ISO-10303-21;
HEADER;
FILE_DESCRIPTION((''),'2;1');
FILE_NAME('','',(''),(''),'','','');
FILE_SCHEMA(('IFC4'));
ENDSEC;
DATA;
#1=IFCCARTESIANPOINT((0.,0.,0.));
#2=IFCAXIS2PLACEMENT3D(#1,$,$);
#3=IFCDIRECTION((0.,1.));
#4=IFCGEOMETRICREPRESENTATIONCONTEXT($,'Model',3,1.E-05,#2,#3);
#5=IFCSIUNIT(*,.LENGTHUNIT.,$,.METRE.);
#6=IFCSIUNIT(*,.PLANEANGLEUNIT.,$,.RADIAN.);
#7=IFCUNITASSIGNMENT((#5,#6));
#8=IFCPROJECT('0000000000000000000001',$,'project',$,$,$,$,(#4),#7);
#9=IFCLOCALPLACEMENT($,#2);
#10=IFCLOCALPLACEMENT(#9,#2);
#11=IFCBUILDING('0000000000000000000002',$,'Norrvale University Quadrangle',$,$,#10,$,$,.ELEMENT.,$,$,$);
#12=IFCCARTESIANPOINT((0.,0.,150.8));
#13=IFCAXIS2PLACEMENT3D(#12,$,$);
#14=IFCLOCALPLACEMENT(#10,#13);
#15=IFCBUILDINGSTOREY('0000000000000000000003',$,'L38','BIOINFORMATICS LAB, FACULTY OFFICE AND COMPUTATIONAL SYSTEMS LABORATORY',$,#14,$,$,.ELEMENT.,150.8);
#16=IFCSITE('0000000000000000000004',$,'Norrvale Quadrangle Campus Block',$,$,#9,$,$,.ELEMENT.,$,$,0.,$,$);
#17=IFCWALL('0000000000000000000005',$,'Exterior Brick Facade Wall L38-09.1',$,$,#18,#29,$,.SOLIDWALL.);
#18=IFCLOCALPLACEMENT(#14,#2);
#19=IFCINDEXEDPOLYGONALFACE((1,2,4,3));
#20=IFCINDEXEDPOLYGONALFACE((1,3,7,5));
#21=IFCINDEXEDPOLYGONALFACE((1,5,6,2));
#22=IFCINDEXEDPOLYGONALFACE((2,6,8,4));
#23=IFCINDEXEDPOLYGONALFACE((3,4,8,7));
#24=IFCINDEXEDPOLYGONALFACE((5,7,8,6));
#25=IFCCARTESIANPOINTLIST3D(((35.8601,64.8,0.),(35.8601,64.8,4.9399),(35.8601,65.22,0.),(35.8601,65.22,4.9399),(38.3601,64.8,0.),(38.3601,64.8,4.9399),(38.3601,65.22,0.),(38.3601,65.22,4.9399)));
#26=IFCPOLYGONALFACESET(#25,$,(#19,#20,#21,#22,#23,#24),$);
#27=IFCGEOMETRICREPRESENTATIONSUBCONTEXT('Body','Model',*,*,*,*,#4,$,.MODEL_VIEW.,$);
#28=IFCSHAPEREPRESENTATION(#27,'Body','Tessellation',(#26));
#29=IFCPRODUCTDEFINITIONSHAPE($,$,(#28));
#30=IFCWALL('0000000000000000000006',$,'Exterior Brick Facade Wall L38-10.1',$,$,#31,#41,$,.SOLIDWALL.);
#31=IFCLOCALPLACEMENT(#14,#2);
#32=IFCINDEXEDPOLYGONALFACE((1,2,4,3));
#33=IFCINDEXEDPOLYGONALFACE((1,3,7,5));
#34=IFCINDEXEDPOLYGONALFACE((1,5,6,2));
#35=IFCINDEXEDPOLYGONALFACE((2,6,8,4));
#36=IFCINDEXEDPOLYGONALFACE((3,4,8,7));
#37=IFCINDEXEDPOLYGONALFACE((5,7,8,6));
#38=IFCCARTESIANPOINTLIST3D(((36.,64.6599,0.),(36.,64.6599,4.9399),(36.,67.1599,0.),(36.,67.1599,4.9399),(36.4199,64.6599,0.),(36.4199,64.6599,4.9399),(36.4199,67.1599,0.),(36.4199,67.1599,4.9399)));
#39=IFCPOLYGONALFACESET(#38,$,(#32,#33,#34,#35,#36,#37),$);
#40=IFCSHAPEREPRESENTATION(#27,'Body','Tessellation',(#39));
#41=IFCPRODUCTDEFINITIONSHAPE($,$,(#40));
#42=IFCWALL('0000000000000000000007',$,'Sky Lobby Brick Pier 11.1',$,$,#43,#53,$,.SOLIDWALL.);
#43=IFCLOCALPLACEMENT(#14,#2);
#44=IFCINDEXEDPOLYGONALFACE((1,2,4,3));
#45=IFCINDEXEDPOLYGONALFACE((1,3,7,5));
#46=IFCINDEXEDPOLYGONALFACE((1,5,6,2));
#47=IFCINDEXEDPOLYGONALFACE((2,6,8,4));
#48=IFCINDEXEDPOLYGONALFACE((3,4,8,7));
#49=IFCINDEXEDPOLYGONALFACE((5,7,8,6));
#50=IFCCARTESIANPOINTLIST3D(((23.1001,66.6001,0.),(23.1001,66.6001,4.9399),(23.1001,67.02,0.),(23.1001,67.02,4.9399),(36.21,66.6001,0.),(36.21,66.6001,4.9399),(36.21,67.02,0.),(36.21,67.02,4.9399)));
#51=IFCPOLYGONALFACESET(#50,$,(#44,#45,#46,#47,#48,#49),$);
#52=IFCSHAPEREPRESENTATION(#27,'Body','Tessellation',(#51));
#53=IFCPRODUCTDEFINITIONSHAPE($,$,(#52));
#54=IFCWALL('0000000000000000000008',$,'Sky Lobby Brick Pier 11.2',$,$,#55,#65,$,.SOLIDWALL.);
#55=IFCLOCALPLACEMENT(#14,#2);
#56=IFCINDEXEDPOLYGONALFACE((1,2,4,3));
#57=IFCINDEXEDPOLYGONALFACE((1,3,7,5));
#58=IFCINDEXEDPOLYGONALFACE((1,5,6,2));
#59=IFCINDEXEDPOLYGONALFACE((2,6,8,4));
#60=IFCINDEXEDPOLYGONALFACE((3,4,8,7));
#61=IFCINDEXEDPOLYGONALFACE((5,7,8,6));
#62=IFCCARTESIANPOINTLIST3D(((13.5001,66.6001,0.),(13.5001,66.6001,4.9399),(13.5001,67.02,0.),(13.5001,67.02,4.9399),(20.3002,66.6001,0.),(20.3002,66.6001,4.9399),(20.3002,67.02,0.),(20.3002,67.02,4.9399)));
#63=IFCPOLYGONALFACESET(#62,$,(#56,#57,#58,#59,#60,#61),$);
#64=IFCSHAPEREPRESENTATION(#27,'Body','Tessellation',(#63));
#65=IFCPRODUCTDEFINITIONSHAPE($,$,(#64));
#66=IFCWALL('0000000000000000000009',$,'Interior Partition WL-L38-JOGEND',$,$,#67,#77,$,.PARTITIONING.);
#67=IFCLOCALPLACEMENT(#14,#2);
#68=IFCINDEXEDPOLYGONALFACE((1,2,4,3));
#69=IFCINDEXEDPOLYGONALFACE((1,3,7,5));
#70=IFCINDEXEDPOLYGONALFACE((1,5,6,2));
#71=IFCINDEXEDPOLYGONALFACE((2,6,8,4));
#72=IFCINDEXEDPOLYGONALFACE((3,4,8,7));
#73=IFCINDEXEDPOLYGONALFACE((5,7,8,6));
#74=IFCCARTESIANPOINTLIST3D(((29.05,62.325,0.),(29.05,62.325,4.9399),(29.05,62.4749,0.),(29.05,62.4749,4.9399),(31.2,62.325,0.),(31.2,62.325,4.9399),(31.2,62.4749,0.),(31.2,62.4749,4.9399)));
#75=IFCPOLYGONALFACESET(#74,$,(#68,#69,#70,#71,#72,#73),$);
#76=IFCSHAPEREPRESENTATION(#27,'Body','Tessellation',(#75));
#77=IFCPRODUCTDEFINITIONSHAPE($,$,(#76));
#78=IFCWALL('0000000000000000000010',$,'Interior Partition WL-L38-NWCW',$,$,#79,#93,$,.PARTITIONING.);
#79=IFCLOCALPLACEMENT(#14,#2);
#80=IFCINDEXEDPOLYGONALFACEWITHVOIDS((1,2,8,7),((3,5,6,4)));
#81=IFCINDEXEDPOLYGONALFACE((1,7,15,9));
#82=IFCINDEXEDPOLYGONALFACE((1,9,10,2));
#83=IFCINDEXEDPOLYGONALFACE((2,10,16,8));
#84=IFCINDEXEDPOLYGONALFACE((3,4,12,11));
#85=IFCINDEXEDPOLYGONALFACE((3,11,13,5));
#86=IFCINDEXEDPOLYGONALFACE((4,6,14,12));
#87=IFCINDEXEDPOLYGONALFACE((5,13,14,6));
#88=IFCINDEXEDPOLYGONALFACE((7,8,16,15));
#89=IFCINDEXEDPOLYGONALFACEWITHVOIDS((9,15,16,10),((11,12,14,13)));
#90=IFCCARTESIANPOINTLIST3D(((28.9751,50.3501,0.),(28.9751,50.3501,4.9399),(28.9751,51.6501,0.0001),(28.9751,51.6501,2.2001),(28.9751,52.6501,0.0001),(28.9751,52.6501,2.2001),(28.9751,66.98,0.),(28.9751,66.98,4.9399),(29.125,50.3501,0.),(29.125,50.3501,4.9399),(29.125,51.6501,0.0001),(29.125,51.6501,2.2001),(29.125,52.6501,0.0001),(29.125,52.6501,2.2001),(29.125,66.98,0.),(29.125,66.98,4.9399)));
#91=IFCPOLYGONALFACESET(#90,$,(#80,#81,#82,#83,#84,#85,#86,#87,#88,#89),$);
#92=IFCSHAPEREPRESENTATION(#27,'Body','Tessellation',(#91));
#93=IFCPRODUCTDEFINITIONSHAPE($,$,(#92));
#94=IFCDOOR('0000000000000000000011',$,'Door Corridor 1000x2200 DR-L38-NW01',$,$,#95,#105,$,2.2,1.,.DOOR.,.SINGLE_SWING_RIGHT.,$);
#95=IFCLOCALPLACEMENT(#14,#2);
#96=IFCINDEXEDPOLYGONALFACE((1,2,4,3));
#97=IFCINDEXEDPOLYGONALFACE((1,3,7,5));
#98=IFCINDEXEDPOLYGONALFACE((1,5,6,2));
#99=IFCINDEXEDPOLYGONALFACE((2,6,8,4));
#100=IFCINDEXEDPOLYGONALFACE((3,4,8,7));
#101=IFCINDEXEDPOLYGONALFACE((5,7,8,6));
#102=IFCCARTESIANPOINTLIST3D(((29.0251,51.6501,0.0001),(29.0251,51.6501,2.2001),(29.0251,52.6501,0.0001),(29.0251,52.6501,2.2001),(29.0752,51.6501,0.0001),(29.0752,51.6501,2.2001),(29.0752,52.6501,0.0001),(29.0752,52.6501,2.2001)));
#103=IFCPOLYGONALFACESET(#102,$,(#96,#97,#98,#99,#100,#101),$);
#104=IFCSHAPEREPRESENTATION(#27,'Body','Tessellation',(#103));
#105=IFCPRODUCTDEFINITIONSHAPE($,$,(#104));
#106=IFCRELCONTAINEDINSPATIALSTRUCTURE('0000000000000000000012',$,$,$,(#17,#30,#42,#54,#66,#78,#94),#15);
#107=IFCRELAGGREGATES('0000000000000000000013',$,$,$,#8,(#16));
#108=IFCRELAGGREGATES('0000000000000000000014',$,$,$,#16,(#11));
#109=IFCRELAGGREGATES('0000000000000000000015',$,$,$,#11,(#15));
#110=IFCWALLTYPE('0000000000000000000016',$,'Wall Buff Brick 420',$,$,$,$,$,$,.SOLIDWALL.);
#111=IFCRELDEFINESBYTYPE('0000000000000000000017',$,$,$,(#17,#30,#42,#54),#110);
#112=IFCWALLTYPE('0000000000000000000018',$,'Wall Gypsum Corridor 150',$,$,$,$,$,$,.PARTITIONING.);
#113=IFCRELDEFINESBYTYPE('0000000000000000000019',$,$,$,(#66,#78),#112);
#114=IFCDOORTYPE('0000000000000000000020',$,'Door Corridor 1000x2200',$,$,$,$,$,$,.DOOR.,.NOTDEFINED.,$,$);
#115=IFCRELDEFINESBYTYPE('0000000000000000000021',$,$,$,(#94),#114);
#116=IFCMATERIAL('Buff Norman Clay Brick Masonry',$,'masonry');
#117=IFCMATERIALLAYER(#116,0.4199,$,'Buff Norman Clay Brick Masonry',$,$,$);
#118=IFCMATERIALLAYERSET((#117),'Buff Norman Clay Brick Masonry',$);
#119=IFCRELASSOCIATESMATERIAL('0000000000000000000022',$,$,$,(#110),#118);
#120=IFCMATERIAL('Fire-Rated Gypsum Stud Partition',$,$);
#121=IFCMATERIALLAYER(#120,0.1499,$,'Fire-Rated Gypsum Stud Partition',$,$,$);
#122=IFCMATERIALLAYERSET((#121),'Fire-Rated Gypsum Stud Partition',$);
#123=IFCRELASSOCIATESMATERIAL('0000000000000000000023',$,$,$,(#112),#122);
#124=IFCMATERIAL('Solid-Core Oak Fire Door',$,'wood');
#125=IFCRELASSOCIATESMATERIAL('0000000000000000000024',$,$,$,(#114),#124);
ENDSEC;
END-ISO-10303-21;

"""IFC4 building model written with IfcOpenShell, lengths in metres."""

from ifc_helpers import new_model, si_unit, direction, frame, frame_2d, origin, place, context, subcontext, project, spatial, rectangle, extrude, material, layer, layer_set, type_object, element, fill, save


model = new_model("IFC4")

# Units and contexts
model_context = context("Model", 3, precision=1e-05, world=origin(), true_north=direction((0.0, 1.0)))
body_context = subcontext(model_context, "Body", "Model", "MODEL_VIEW")
ifc_project = project(units=[si_unit("LENGTHUNIT", "METRE"), si_unit("PLANEANGLEUNIT", "RADIAN")], contexts=[model_context])

# Site, building, storey
site_placement = place(None, origin())
site = spatial("IfcSite", under=ifc_project, at=site_placement, Name="Norrvale Quadrangle Campus Block", CompositionType="ELEMENT", RefElevation=0.0)
building_placement = place(site_placement, origin())
building = spatial("IfcBuilding", under=site, at=building_placement, Name="Norrvale University Quadrangle", CompositionType="ELEMENT")
storey_placement = place(building_placement, frame((0.0, 0.0, 150.8)))
storey = spatial("IfcBuildingStorey", under=building, at=storey_placement, Name="L38", Description="BIOINFORMATICS LAB, FACULTY OFFICE AND COMPUTATIONAL SYSTEMS LABORATORY", CompositionType="ELEMENT", Elevation=150.8)

# Walls
ifc_material_1 = material(Name="Buff Norman Clay Brick Masonry", Category="masonry")
ifc_layer_1 = layer(ifc_material_1, 0.4199, Name="Buff Norman Clay Brick Masonry")
ifc_layer_set_1 = layer_set([ifc_layer_1], Name="Buff Norman Clay Brick Masonry")
wall_type_1 = type_object("IfcWallType", Name="Wall Buff Brick 420", PredefinedType="SOLIDWALL", material=ifc_layer_set_1)
for number, where, z_axis, x_axis, name in (
    (1, (38.3601, 65.01, 0.0), (0.0, 0.0, 1.0), (-1.0, 0.0, 0.0), "Exterior Brick Facade Wall L38-09.1"),
    (2, (36.21, 64.6599, 0.0), (0.0, 0.0, 1.0), (0.0, 1.0, 0.0), "Exterior Brick Facade Wall L38-10.1"),
):
    element("IfcWall", number, at=place(storey_placement, frame(where, z_axis=z_axis, x_axis=x_axis)), inside=storey, type_object=wall_type_1, Name=name, PredefinedType="SOLIDWALL", context=body_context, shape_type="SweptSolid", body=[
        extrude(rectangle(XDim=2.5, YDim=0.4199, at=frame_2d((1.25, 0.0))), origin(), (0.0, 0.0, 1.0), 4.9399),
    ])
wall_1_placement = place(storey_placement, frame((36.21, 66.8101, 0.0), z_axis=(0.0, 0.0, 1.0), x_axis=(-1.0, 0.0, 0.0)))
element("IfcWall", 3, at=wall_1_placement, inside=storey, type_object=wall_type_1, Name="Sky Lobby Brick Pier 11.1", PredefinedType="SOLIDWALL", context=body_context, shape_type="SweptSolid", body=[
    extrude(rectangle(XDim=13.1099, YDim=0.4199, at=frame_2d((6.5549, 0.0))), origin(), (0.0, 0.0, 1.0), 4.9399),
])
wall_2_placement = place(storey_placement, frame((20.3, 66.8101, 0.0), z_axis=(0.0, 0.0, 1.0), x_axis=(-1.0, 0.0, 0.0)))
element("IfcWall", 4, at=wall_2_placement, inside=storey, type_object=wall_type_1, Name="Sky Lobby Brick Pier 11.2", PredefinedType="SOLIDWALL", context=body_context, shape_type="SweptSolid", body=[
    extrude(rectangle(XDim=6.8, YDim=0.4199, at=frame_2d((3.3999, 0.0))), origin(), (0.0, 0.0, 1.0), 4.9399),
])
ifc_material_2 = material(Name="Fire-Rated Gypsum Stud Partition")
ifc_layer_2 = layer(ifc_material_2, 0.1499, Name="Fire-Rated Gypsum Stud Partition")
ifc_layer_set_2 = layer_set([ifc_layer_2], Name="Fire-Rated Gypsum Stud Partition")
wall_type_2 = type_object("IfcWallType", Name="Wall Gypsum Corridor 150", PredefinedType="PARTITIONING", material=ifc_layer_set_2)
wall_3_placement = place(storey_placement, frame((29.05, 62.3999, 0.0), z_axis=(0.0, 0.0, 1.0), x_axis=(1.0, 0.0, 0.0)))
element("IfcWall", 5, at=wall_3_placement, inside=storey, type_object=wall_type_2, Name="Interior Partition WL-L38-JOGEND", PredefinedType="PARTITIONING", context=body_context, shape_type="SweptSolid", body=[
    extrude(rectangle(XDim=2.1499, YDim=0.1499, at=frame_2d((1.075, 0.0))), origin(), (0.0, 0.0, 1.0), 4.9399),
])

# Wall, opening, door
wall_4_placement = place(storey_placement, frame((29.05, 50.3501, 0.0), z_axis=(0.0, 0.0, 1.0), x_axis=(0.0, 1.0, 0.0)))
wall_4 = element("IfcWall", 6, at=wall_4_placement, inside=storey, type_object=wall_type_2, Name="Interior Partition WL-L38-NWCW", PredefinedType="PARTITIONING", context=body_context, shape_type="SweptSolid", body=[
    extrude(rectangle(XDim=16.6299, YDim=0.1499, at=frame_2d((8.3149, 0.0))), origin(), (0.0, 0.0, 1.0), 4.9399),
])
opening_placement = place(wall_4_placement, frame((1.3, 0.0, 0.0)))
opening = element("IfcOpeningElement", 7, at=opening_placement, cuts=wall_4, PredefinedType="OPENING", context=body_context, shape_type="SweptSolid", body=[
    extrude(rectangle(XDim=1.0, YDim=2.2, at=frame_2d((0.5, 1.1001))), frame((0.0, 0.0869, 0.0), z_axis=(0.0, -1.0, 0.0), x_axis=(1.0, 0.0, 0.0)), (0.0, 0.0, 1.0), 0.1738),
])
ifc_material_3 = material(Name="Solid-Core Oak Fire Door", Category="wood")
door_type = type_object("IfcDoorType", Name="Door Corridor 1000x2200", OperationType="NOTDEFINED", PredefinedType="DOOR", material=ifc_material_3)
door_placement = place(opening_placement, origin())
door = element("IfcDoor", 8, at=door_placement, inside=storey, type_object=door_type, Name="Door Corridor 1000x2200 DR-L38-NW01", OperationType="SINGLE_SWING_RIGHT", OverallHeight=2.2, OverallWidth=1.0, PredefinedType="DOOR", context=body_context, shape_type="SweptSolid", body=[
    extrude(rectangle(XDim=1.0, YDim=2.2, at=frame_2d((0.5, 1.1001))), frame((0.0, 0.0249, 0.0), z_axis=(0.0, -1.0, 0.0), x_axis=(1.0, 0.0, 0.0)), (0.0, 0.0, 1.0), 0.05),
])
fill(opening, door)

save(model, "model.ifc")
